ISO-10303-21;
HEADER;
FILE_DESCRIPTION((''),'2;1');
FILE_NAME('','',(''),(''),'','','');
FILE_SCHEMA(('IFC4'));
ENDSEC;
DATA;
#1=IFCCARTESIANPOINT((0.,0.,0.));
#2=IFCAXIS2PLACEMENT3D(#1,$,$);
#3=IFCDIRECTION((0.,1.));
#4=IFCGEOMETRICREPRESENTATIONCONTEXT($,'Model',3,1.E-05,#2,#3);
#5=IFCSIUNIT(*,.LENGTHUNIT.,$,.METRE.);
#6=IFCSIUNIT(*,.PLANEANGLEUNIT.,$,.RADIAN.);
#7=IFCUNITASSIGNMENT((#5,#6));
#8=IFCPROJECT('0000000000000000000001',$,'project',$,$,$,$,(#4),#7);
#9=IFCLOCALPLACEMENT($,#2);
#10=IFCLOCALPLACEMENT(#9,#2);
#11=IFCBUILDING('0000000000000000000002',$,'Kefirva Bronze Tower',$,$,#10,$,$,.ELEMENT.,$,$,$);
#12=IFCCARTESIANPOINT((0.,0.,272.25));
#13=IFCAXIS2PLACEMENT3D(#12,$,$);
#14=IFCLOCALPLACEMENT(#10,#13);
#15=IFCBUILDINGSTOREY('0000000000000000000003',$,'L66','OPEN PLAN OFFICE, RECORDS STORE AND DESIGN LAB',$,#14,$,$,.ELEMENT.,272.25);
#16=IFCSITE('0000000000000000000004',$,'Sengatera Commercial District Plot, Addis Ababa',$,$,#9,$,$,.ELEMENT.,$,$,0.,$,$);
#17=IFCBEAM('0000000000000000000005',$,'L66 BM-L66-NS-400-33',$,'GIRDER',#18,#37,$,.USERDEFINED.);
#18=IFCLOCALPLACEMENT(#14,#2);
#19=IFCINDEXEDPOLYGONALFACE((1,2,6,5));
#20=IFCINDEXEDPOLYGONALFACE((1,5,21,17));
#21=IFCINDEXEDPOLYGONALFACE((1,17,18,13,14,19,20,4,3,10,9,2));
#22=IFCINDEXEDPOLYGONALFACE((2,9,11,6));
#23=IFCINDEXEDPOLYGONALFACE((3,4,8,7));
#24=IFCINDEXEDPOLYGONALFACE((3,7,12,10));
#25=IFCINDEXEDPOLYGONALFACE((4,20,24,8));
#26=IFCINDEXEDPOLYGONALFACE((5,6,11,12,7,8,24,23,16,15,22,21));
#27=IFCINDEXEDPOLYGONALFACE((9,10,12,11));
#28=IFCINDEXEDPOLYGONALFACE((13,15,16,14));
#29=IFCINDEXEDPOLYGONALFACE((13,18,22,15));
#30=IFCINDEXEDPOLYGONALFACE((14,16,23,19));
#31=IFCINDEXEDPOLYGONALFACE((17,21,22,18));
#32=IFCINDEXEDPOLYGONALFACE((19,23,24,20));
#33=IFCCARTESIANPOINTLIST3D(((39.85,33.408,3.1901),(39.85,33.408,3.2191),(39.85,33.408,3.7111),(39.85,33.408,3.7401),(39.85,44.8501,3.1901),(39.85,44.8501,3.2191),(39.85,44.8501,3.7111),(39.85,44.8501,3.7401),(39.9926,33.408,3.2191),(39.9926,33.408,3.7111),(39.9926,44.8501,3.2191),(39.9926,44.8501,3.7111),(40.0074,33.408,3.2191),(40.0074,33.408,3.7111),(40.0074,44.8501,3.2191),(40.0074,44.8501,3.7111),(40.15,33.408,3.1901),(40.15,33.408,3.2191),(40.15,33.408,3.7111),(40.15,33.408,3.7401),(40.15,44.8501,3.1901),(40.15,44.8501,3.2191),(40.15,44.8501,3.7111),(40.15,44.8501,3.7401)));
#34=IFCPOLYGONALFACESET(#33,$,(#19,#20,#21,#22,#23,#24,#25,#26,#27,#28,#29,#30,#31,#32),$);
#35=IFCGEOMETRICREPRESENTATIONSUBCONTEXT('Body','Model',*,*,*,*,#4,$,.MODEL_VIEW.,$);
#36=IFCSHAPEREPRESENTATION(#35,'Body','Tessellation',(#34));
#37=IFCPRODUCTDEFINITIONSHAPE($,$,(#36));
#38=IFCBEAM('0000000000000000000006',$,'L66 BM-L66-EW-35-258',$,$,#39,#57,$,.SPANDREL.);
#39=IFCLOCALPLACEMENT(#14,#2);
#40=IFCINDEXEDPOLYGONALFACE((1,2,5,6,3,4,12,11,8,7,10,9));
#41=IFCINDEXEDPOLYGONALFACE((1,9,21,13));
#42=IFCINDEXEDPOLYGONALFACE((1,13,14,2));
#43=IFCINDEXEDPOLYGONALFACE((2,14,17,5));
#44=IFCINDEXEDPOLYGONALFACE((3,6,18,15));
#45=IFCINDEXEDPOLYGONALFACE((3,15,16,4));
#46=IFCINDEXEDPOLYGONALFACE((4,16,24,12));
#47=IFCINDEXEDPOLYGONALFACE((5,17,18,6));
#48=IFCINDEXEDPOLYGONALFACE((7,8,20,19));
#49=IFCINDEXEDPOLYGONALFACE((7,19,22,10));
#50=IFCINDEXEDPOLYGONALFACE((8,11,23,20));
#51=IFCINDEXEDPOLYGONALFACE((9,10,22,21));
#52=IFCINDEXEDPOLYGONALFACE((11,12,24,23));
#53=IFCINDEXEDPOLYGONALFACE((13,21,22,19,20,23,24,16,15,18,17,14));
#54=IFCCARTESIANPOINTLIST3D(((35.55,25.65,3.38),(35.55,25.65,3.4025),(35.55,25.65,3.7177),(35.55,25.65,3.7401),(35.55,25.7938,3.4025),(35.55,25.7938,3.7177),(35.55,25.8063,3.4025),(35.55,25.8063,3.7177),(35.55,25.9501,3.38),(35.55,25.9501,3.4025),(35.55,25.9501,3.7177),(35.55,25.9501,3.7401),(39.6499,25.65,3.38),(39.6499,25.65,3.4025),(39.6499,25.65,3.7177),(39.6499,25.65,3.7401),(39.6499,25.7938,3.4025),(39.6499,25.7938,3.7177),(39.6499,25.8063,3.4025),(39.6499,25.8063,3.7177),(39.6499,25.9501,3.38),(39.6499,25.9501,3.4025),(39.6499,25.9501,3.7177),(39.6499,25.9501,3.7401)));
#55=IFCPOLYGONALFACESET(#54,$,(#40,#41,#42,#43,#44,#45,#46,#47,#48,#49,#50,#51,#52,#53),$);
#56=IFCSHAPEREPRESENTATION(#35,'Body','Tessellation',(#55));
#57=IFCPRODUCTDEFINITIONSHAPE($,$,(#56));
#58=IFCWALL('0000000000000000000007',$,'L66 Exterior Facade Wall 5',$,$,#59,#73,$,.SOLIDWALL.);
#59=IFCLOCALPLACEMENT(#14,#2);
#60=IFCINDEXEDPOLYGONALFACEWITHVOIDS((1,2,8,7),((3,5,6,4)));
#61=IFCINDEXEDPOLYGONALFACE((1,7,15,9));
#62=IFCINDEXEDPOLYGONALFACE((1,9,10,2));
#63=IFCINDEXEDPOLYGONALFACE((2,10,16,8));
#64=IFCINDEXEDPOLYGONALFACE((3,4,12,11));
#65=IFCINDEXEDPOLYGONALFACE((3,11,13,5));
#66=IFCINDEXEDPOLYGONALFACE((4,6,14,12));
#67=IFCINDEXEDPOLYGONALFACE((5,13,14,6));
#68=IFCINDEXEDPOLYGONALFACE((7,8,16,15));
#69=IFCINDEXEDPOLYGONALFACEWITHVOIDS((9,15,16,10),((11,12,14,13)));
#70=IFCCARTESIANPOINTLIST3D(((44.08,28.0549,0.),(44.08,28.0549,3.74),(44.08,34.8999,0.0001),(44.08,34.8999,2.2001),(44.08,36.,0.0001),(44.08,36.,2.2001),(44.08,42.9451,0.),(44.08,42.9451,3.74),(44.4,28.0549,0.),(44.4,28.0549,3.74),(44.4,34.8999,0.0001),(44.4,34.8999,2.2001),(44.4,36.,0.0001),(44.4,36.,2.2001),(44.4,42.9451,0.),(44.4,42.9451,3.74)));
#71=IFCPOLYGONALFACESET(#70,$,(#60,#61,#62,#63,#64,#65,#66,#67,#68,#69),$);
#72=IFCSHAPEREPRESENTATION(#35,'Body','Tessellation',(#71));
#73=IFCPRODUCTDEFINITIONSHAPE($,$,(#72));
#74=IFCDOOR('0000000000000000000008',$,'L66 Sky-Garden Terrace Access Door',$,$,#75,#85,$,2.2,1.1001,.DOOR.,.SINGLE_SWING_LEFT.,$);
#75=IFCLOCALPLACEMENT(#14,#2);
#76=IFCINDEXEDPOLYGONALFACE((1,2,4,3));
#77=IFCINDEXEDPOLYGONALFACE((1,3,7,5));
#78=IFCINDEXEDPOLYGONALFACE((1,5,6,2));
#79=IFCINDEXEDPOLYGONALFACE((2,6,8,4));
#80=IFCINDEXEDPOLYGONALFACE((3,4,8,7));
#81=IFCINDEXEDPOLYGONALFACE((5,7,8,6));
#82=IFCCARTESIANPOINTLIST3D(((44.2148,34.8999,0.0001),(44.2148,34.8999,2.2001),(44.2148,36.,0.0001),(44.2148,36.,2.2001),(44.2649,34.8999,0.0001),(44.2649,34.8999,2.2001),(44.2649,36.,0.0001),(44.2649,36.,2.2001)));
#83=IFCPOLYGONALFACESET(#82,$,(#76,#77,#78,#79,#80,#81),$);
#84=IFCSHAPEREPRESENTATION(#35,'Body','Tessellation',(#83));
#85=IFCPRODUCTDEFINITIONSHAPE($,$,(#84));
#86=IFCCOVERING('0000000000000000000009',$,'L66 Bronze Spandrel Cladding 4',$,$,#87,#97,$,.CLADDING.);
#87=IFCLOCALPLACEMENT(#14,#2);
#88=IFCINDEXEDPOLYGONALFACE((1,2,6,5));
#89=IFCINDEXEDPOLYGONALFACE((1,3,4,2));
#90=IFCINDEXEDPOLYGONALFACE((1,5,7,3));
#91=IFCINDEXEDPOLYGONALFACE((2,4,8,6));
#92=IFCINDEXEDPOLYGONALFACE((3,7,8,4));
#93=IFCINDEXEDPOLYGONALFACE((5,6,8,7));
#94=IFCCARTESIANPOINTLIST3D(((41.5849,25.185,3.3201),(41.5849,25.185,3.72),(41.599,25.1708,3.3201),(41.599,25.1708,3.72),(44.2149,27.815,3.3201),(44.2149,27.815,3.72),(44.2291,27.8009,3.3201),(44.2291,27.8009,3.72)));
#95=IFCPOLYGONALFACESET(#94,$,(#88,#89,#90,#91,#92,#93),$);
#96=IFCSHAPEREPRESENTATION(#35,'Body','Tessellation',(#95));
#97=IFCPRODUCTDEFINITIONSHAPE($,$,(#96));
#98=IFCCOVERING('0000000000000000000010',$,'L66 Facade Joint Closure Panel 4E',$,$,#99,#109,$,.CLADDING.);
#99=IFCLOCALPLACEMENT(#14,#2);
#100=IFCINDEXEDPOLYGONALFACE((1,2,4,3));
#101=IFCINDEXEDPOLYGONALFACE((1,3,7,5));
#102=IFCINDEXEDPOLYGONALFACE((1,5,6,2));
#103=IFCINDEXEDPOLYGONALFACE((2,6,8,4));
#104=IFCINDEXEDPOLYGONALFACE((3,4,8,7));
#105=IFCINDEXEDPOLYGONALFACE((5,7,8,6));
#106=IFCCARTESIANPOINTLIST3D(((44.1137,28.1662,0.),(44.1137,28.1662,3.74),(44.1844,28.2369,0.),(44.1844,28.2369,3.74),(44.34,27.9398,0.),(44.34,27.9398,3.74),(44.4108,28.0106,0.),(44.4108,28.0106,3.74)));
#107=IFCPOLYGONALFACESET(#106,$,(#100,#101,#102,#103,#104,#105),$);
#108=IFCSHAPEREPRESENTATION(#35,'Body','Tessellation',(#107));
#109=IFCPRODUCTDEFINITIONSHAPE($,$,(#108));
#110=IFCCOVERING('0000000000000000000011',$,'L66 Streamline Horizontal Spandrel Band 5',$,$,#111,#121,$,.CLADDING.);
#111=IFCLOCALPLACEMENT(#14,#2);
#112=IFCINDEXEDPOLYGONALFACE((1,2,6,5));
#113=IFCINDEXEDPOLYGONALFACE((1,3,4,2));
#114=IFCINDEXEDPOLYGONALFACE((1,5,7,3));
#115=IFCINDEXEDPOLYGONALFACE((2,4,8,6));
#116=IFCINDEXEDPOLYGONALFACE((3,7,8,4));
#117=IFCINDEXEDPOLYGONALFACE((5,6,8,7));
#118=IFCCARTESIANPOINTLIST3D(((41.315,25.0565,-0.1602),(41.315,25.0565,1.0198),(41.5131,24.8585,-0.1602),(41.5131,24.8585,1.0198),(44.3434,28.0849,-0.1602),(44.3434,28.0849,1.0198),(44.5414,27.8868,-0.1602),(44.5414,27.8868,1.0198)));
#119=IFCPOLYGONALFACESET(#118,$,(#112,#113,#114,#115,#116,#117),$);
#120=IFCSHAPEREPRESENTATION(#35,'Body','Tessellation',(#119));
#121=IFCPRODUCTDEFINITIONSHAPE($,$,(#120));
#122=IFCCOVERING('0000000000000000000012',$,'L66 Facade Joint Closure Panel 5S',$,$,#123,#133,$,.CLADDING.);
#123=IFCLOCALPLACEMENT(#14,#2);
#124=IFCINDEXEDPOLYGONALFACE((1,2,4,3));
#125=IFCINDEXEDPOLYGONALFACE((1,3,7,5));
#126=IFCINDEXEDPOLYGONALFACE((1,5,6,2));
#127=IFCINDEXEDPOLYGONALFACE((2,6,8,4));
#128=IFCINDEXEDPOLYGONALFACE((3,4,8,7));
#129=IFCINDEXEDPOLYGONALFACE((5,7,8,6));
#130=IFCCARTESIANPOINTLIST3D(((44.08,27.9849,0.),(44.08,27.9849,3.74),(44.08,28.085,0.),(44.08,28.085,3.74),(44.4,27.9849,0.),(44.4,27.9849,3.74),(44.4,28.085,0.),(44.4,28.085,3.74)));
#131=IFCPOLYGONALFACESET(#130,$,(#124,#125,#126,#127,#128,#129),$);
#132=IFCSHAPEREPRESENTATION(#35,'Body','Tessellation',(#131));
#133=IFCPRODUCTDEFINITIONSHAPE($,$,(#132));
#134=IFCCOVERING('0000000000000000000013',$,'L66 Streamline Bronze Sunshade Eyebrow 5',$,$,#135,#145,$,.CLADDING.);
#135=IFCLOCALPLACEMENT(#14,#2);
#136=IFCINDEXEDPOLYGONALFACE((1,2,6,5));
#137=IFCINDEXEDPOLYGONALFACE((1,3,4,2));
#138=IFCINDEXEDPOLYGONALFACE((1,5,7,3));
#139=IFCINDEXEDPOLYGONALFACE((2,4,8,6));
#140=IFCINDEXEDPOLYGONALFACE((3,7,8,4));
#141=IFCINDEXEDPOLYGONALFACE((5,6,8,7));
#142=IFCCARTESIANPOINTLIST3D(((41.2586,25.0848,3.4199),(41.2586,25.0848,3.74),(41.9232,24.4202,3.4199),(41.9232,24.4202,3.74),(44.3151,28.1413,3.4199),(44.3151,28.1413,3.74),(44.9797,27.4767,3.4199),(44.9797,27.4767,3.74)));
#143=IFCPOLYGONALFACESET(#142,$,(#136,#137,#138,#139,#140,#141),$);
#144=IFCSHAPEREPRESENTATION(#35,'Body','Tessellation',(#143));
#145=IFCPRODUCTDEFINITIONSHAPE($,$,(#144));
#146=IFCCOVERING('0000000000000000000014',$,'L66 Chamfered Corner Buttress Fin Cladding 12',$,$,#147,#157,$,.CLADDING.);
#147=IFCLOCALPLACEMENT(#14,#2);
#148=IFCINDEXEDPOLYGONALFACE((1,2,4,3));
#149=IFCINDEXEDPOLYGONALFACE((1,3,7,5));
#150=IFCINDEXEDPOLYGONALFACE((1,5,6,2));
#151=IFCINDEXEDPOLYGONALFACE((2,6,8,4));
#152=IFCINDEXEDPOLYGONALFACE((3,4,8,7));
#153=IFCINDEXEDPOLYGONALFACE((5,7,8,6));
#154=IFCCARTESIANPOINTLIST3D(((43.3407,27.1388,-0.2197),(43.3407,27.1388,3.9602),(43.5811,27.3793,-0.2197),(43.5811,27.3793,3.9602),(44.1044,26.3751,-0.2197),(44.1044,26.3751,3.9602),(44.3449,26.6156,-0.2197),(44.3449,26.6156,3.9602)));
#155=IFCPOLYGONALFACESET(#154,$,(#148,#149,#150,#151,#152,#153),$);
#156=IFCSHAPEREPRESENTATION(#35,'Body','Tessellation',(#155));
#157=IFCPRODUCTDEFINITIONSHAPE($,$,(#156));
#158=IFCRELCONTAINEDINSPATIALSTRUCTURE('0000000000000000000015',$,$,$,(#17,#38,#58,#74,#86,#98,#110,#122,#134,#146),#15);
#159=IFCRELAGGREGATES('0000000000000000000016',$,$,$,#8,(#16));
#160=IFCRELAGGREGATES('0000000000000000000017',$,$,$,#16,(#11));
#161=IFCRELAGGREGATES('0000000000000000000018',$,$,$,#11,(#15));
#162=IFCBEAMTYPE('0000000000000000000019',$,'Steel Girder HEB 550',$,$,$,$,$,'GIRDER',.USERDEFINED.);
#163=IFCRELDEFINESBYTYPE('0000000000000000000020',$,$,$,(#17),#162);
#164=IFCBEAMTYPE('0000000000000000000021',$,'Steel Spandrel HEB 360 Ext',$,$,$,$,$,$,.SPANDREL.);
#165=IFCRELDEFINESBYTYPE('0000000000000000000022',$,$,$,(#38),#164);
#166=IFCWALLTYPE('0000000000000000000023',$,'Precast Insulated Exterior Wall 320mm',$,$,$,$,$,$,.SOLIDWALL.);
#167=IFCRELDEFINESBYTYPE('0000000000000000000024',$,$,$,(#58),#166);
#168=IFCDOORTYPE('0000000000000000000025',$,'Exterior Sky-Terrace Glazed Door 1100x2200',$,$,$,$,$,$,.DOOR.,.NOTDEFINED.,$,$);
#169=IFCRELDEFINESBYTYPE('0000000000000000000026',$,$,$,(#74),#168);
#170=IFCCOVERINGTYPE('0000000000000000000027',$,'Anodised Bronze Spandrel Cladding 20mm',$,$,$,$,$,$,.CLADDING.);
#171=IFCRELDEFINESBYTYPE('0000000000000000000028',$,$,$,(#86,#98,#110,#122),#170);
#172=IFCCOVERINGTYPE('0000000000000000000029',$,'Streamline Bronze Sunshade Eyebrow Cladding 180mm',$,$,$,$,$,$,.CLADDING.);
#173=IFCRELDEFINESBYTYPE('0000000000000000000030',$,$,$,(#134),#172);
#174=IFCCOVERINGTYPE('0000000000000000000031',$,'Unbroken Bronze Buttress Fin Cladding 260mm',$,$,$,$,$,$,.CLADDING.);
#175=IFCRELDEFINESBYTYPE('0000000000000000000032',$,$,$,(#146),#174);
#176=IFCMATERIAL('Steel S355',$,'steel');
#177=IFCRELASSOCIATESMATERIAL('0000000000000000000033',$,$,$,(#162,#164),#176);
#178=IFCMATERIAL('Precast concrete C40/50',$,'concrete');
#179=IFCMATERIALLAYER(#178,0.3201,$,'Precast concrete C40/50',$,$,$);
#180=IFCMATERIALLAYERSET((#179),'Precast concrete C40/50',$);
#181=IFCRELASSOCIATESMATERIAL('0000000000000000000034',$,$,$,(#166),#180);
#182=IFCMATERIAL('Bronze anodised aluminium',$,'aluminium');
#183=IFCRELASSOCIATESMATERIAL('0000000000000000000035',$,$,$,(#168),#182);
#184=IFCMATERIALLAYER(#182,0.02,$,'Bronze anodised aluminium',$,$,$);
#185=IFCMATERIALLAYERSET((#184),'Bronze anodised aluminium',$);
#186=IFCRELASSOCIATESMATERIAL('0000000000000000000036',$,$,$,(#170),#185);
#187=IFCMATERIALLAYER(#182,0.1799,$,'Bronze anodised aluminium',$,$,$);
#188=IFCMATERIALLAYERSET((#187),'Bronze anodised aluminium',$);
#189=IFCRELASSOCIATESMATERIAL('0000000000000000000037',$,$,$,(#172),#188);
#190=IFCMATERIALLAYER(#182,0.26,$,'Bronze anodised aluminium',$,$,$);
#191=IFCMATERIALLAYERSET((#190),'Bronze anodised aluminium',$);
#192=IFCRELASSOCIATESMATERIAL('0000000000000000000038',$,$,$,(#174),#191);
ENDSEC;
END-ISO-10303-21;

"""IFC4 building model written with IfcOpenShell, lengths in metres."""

from ifc_helpers import new_model, si_unit, direction, frame, frame_2d, origin, origin_2d, place, context, subcontext, project, spatial, rectangle, i_section, extrude, material, layer, layer_set, material_profile, profile_set, type_object, element, fill, save


model = new_model("IFC4")

# Units and contexts
model_context = context("Model", 3, precision=1e-05, world=origin(), true_north=direction((0.0, 1.0)))
body_context = subcontext(model_context, "Body", "Model", "MODEL_VIEW")
ifc_project = project(units=[si_unit("LENGTHUNIT", "METRE"), si_unit("PLANEANGLEUNIT", "RADIAN")], contexts=[model_context])

# Site, building, storey
site_placement = place(None, origin())
site = spatial("IfcSite", under=ifc_project, at=site_placement, Name="Sengatera Commercial District Plot, Addis Ababa", CompositionType="ELEMENT", RefElevation=0.0)
building_placement = place(site_placement, origin())
building = spatial("IfcBuilding", under=site, at=building_placement, Name="Kefirva Bronze Tower", CompositionType="ELEMENT")
storey_placement = place(building_placement, frame((0.0, 0.0, 272.25)))
storey = spatial("IfcBuildingStorey", under=building, at=storey_placement, Name="L66", Description="OPEN PLAN OFFICE, RECORDS STORE AND DESIGN LAB", CompositionType="ELEMENT", Elevation=272.25)

# Beams
ifc_material_1 = material(Name="Steel S355", Category="steel")
ifc_material_profile_1 = material_profile(ifc_material_1, i_section(OverallWidth=0.3, OverallDepth=0.55, WebThickness=0.0149, FlangeThickness=0.0291, at=origin_2d()), Name="HEB 550")
ifc_profile_set_1 = profile_set([ifc_material_profile_1], Name="Steel S355")
beam_type_1 = type_object("IfcBeamType", Name="Steel Girder HEB 550", ElementType="GIRDER", PredefinedType="USERDEFINED", material=ifc_profile_set_1)
beam_1_placement = place(storey_placement, frame((40.0, 33.408, 3.4651), z_axis=(0.0, 1.0, 0.0), x_axis=(-1.0, 0.0, 0.0)))
element("IfcBeam", 1, at=beam_1_placement, inside=storey, type_object=beam_type_1, Name="L66 BM-L66-NS-400-33", ObjectType="GIRDER", PredefinedType="USERDEFINED", context=body_context, shape_type="SweptSolid", body=[
    extrude(i_section(OverallWidth=0.3, OverallDepth=0.55, WebThickness=0.0149, FlangeThickness=0.0291, at=origin_2d()), origin(), (0.0, 0.0, 1.0), 11.4421),
])
ifc_material_profile_2 = material_profile(ifc_material_1, i_section(OverallWidth=0.3, OverallDepth=0.3601, WebThickness=0.0125, FlangeThickness=0.0225, at=origin_2d()), Name="HEB 360")
ifc_profile_set_2 = profile_set([ifc_material_profile_2], Name="Steel S355")
beam_type_2 = type_object("IfcBeamType", Name="Steel Spandrel HEB 360 Ext", PredefinedType="SPANDREL", material=ifc_profile_set_2)
beam_2_placement = place(storey_placement, frame((35.55, 25.8, 3.5601), z_axis=(1.0, 0.0, 0.0), x_axis=(0.0, 1.0, 0.0)))
element("IfcBeam", 2, at=beam_2_placement, inside=storey, type_object=beam_type_2, Name="L66 BM-L66-EW-35-258", PredefinedType="SPANDREL", context=body_context, shape_type="SweptSolid", body=[
    extrude(i_section(OverallWidth=0.3, OverallDepth=0.3601, WebThickness=0.0125, FlangeThickness=0.0225, at=origin_2d()), origin(), (0.0, 0.0, 1.0), 4.0999),
])

# Wall, opening, door
ifc_material_2 = material(Name="Precast concrete C40/50", Category="concrete")
ifc_layer_1 = layer(ifc_material_2, 0.3201, Name="Precast concrete C40/50")
ifc_layer_set_1 = layer_set([ifc_layer_1], Name="Precast concrete C40/50")
wall_type = type_object("IfcWallType", Name="Precast Insulated Exterior Wall 320mm", PredefinedType="SOLIDWALL", material=ifc_layer_set_1)
wall_placement = place(storey_placement, frame((44.24, 28.0549, 0.0), z_axis=(0.0, 0.0, 1.0), x_axis=(0.0, 1.0, 0.0)))
wall = element("IfcWall", 3, at=wall_placement, inside=storey, type_object=wall_type, Name="L66 Exterior Facade Wall 5", PredefinedType="SOLIDWALL", context=body_context, shape_type="SweptSolid", body=[
    extrude(rectangle(XDim=14.8901, YDim=0.3201, at=frame_2d((7.4451, 0.0))), origin(), (0.0, 0.0, 1.0), 3.74),
])
opening_placement = place(wall_placement, frame((7.9451, 0.0, 0.0), z_axis=(0.0, 0.0, 1.0), x_axis=(-1.0, 0.0, 0.0)))
opening = element("IfcOpeningElement", 4, at=opening_placement, cuts=wall, PredefinedType="OPENING", context=body_context, shape_type="SweptSolid", body=[
    extrude(rectangle(XDim=1.1001, YDim=2.2, at=frame_2d((0.55, 1.1001))), frame((0.0, 0.1699, 0.0), z_axis=(0.0, -1.0, 0.0), x_axis=(1.0, 0.0, 0.0)), (0.0, 0.0, 1.0), 0.3401),
])
ifc_material_3 = material(Name="Bronze anodised aluminium", Category="aluminium")
door_type = type_object("IfcDoorType", Name="Exterior Sky-Terrace Glazed Door 1100x2200", OperationType="NOTDEFINED", PredefinedType="DOOR", material=ifc_material_3)
door_placement = place(opening_placement, origin())
door = element("IfcDoor", 5, at=door_placement, inside=storey, type_object=door_type, Name="L66 Sky-Garden Terrace Access Door", OperationType="SINGLE_SWING_LEFT", OverallHeight=2.2, OverallWidth=1.1001, PredefinedType="DOOR", context=body_context, shape_type="SweptSolid", body=[
    extrude(rectangle(XDim=1.1001, YDim=2.2, at=frame_2d((0.55, 1.1001))), frame((0.0, 0.0249, 0.0), z_axis=(0.0, -1.0, 0.0), x_axis=(1.0, 0.0, 0.0)), (0.0, 0.0, 1.0), 0.05),
])
fill(opening, door)

# Coverings
ifc_layer_2 = layer(ifc_material_3, 0.02, Name="Bronze anodised aluminium")
ifc_layer_set_2 = layer_set([ifc_layer_2], Name="Bronze anodised aluminium")
covering_type_1 = type_object("IfcCoveringType", Name="Anodised Bronze Spandrel Cladding 20mm", PredefinedType="CLADDING", material=ifc_layer_set_2)
covering_1_placement = place(storey_placement, frame((42.907, 26.4929, 3.3201), z_axis=(0.0, 0.0, 1.0), x_axis=(0.707107, 0.707107, 0.0)))
element("IfcCovering", 6, at=covering_1_placement, inside=storey, type_object=covering_type_1, Name="L66 Bronze Spandrel Cladding 4", PredefinedType="CLADDING", context=body_context, shape_type="SweptSolid", body=[
    extrude(rectangle(XDim=3.7195, YDim=0.02, at=origin_2d()), origin(), (0.0, 0.0, 1.0), 0.3999),
])
covering_2_placement = place(storey_placement, frame((44.2622, 28.0884, 0.0), z_axis=(0.0, 0.0, 1.0), x_axis=(0.707107, 0.707107, 0.0)))
element("IfcCovering", 7, at=covering_2_placement, inside=storey, type_object=covering_type_1, Name="L66 Facade Joint Closure Panel 4E", PredefinedType="CLADDING", context=body_context, shape_type="SweptSolid", body=[
    extrude(rectangle(XDim=0.1001, YDim=0.3201, at=origin_2d()), origin(), (0.0, 0.0, 1.0), 3.74),
])
covering_3_placement = place(storey_placement, frame((42.9282, 26.4717, -0.1602), z_axis=(0.0, 0.0, 1.0), x_axis=(0.707107, 0.707107, 0.0)))
element("IfcCovering", 8, at=covering_3_placement, inside=storey, type_object=covering_type_1, Name="L66 Streamline Horizontal Spandrel Band 5", PredefinedType="CLADDING", context=body_context, shape_type="SweptSolid", body=[
    extrude(rectangle(XDim=4.2827, YDim=0.28, at=origin_2d()), origin(), (0.0, 0.0, 1.0), 1.1799),
])
covering_4_placement = place(storey_placement, frame((44.24, 28.0349, 0.0), z_axis=(0.0, 0.0, 1.0), x_axis=(0.0, 1.0, 0.0)))
element("IfcCovering", 9, at=covering_4_placement, inside=storey, type_object=covering_type_1, Name="L66 Facade Joint Closure Panel 5S", PredefinedType="CLADDING", context=body_context, shape_type="SweptSolid", body=[
    extrude(rectangle(XDim=0.1001, YDim=0.3201, at=origin_2d()), origin(), (0.0, 0.0, 1.0), 3.74),
])

# Coverings
ifc_layer_3 = layer(ifc_material_3, 0.1799, Name="Bronze anodised aluminium")
ifc_layer_set_3 = layer_set([ifc_layer_3], Name="Bronze anodised aluminium")
covering_type_2 = type_object("IfcCoveringType", Name="Streamline Bronze Sunshade Eyebrow Cladding 180mm", PredefinedType="CLADDING", material=ifc_layer_set_3)
covering_5_placement = place(storey_placement, frame((43.1191, 26.2808, 3.4199), z_axis=(0.0, 0.0, 1.0), x_axis=(0.707107, 0.707107, 0.0)))
element("IfcCovering", 10, at=covering_5_placement, inside=storey, type_object=covering_type_2, Name="L66 Streamline Bronze Sunshade Eyebrow 5", PredefinedType="CLADDING", context=body_context, shape_type="SweptSolid", body=[
    extrude(rectangle(XDim=4.3225, YDim=0.9399, at=origin_2d()), origin(), (0.0, 0.0, 1.0), 0.3201),
])
ifc_layer_4 = layer(ifc_material_3, 0.26, Name="Bronze anodised aluminium")
ifc_layer_set_4 = layer_set([ifc_layer_4], Name="Bronze anodised aluminium")
covering_type_3 = type_object("IfcCoveringType", Name="Unbroken Bronze Buttress Fin Cladding 260mm", PredefinedType="CLADDING", material=ifc_layer_set_4)
covering_6_placement = place(storey_placement, frame((43.8428, 26.8772, -0.2197), z_axis=(0.0, 0.0, 1.0), x_axis=(0.707107, 0.707107, 0.0)))
element("IfcCovering", 11, at=covering_6_placement, inside=storey, type_object=covering_type_3, Name="L66 Chamfered Corner Buttress Fin Cladding 12", PredefinedType="CLADDING", context=body_context, shape_type="SweptSolid", body=[
    extrude(rectangle(XDim=0.3401, YDim=1.0801, at=origin_2d()), origin(), (0.0, 0.0, 1.0), 4.1799),
])

save(model, "model.ifc")
